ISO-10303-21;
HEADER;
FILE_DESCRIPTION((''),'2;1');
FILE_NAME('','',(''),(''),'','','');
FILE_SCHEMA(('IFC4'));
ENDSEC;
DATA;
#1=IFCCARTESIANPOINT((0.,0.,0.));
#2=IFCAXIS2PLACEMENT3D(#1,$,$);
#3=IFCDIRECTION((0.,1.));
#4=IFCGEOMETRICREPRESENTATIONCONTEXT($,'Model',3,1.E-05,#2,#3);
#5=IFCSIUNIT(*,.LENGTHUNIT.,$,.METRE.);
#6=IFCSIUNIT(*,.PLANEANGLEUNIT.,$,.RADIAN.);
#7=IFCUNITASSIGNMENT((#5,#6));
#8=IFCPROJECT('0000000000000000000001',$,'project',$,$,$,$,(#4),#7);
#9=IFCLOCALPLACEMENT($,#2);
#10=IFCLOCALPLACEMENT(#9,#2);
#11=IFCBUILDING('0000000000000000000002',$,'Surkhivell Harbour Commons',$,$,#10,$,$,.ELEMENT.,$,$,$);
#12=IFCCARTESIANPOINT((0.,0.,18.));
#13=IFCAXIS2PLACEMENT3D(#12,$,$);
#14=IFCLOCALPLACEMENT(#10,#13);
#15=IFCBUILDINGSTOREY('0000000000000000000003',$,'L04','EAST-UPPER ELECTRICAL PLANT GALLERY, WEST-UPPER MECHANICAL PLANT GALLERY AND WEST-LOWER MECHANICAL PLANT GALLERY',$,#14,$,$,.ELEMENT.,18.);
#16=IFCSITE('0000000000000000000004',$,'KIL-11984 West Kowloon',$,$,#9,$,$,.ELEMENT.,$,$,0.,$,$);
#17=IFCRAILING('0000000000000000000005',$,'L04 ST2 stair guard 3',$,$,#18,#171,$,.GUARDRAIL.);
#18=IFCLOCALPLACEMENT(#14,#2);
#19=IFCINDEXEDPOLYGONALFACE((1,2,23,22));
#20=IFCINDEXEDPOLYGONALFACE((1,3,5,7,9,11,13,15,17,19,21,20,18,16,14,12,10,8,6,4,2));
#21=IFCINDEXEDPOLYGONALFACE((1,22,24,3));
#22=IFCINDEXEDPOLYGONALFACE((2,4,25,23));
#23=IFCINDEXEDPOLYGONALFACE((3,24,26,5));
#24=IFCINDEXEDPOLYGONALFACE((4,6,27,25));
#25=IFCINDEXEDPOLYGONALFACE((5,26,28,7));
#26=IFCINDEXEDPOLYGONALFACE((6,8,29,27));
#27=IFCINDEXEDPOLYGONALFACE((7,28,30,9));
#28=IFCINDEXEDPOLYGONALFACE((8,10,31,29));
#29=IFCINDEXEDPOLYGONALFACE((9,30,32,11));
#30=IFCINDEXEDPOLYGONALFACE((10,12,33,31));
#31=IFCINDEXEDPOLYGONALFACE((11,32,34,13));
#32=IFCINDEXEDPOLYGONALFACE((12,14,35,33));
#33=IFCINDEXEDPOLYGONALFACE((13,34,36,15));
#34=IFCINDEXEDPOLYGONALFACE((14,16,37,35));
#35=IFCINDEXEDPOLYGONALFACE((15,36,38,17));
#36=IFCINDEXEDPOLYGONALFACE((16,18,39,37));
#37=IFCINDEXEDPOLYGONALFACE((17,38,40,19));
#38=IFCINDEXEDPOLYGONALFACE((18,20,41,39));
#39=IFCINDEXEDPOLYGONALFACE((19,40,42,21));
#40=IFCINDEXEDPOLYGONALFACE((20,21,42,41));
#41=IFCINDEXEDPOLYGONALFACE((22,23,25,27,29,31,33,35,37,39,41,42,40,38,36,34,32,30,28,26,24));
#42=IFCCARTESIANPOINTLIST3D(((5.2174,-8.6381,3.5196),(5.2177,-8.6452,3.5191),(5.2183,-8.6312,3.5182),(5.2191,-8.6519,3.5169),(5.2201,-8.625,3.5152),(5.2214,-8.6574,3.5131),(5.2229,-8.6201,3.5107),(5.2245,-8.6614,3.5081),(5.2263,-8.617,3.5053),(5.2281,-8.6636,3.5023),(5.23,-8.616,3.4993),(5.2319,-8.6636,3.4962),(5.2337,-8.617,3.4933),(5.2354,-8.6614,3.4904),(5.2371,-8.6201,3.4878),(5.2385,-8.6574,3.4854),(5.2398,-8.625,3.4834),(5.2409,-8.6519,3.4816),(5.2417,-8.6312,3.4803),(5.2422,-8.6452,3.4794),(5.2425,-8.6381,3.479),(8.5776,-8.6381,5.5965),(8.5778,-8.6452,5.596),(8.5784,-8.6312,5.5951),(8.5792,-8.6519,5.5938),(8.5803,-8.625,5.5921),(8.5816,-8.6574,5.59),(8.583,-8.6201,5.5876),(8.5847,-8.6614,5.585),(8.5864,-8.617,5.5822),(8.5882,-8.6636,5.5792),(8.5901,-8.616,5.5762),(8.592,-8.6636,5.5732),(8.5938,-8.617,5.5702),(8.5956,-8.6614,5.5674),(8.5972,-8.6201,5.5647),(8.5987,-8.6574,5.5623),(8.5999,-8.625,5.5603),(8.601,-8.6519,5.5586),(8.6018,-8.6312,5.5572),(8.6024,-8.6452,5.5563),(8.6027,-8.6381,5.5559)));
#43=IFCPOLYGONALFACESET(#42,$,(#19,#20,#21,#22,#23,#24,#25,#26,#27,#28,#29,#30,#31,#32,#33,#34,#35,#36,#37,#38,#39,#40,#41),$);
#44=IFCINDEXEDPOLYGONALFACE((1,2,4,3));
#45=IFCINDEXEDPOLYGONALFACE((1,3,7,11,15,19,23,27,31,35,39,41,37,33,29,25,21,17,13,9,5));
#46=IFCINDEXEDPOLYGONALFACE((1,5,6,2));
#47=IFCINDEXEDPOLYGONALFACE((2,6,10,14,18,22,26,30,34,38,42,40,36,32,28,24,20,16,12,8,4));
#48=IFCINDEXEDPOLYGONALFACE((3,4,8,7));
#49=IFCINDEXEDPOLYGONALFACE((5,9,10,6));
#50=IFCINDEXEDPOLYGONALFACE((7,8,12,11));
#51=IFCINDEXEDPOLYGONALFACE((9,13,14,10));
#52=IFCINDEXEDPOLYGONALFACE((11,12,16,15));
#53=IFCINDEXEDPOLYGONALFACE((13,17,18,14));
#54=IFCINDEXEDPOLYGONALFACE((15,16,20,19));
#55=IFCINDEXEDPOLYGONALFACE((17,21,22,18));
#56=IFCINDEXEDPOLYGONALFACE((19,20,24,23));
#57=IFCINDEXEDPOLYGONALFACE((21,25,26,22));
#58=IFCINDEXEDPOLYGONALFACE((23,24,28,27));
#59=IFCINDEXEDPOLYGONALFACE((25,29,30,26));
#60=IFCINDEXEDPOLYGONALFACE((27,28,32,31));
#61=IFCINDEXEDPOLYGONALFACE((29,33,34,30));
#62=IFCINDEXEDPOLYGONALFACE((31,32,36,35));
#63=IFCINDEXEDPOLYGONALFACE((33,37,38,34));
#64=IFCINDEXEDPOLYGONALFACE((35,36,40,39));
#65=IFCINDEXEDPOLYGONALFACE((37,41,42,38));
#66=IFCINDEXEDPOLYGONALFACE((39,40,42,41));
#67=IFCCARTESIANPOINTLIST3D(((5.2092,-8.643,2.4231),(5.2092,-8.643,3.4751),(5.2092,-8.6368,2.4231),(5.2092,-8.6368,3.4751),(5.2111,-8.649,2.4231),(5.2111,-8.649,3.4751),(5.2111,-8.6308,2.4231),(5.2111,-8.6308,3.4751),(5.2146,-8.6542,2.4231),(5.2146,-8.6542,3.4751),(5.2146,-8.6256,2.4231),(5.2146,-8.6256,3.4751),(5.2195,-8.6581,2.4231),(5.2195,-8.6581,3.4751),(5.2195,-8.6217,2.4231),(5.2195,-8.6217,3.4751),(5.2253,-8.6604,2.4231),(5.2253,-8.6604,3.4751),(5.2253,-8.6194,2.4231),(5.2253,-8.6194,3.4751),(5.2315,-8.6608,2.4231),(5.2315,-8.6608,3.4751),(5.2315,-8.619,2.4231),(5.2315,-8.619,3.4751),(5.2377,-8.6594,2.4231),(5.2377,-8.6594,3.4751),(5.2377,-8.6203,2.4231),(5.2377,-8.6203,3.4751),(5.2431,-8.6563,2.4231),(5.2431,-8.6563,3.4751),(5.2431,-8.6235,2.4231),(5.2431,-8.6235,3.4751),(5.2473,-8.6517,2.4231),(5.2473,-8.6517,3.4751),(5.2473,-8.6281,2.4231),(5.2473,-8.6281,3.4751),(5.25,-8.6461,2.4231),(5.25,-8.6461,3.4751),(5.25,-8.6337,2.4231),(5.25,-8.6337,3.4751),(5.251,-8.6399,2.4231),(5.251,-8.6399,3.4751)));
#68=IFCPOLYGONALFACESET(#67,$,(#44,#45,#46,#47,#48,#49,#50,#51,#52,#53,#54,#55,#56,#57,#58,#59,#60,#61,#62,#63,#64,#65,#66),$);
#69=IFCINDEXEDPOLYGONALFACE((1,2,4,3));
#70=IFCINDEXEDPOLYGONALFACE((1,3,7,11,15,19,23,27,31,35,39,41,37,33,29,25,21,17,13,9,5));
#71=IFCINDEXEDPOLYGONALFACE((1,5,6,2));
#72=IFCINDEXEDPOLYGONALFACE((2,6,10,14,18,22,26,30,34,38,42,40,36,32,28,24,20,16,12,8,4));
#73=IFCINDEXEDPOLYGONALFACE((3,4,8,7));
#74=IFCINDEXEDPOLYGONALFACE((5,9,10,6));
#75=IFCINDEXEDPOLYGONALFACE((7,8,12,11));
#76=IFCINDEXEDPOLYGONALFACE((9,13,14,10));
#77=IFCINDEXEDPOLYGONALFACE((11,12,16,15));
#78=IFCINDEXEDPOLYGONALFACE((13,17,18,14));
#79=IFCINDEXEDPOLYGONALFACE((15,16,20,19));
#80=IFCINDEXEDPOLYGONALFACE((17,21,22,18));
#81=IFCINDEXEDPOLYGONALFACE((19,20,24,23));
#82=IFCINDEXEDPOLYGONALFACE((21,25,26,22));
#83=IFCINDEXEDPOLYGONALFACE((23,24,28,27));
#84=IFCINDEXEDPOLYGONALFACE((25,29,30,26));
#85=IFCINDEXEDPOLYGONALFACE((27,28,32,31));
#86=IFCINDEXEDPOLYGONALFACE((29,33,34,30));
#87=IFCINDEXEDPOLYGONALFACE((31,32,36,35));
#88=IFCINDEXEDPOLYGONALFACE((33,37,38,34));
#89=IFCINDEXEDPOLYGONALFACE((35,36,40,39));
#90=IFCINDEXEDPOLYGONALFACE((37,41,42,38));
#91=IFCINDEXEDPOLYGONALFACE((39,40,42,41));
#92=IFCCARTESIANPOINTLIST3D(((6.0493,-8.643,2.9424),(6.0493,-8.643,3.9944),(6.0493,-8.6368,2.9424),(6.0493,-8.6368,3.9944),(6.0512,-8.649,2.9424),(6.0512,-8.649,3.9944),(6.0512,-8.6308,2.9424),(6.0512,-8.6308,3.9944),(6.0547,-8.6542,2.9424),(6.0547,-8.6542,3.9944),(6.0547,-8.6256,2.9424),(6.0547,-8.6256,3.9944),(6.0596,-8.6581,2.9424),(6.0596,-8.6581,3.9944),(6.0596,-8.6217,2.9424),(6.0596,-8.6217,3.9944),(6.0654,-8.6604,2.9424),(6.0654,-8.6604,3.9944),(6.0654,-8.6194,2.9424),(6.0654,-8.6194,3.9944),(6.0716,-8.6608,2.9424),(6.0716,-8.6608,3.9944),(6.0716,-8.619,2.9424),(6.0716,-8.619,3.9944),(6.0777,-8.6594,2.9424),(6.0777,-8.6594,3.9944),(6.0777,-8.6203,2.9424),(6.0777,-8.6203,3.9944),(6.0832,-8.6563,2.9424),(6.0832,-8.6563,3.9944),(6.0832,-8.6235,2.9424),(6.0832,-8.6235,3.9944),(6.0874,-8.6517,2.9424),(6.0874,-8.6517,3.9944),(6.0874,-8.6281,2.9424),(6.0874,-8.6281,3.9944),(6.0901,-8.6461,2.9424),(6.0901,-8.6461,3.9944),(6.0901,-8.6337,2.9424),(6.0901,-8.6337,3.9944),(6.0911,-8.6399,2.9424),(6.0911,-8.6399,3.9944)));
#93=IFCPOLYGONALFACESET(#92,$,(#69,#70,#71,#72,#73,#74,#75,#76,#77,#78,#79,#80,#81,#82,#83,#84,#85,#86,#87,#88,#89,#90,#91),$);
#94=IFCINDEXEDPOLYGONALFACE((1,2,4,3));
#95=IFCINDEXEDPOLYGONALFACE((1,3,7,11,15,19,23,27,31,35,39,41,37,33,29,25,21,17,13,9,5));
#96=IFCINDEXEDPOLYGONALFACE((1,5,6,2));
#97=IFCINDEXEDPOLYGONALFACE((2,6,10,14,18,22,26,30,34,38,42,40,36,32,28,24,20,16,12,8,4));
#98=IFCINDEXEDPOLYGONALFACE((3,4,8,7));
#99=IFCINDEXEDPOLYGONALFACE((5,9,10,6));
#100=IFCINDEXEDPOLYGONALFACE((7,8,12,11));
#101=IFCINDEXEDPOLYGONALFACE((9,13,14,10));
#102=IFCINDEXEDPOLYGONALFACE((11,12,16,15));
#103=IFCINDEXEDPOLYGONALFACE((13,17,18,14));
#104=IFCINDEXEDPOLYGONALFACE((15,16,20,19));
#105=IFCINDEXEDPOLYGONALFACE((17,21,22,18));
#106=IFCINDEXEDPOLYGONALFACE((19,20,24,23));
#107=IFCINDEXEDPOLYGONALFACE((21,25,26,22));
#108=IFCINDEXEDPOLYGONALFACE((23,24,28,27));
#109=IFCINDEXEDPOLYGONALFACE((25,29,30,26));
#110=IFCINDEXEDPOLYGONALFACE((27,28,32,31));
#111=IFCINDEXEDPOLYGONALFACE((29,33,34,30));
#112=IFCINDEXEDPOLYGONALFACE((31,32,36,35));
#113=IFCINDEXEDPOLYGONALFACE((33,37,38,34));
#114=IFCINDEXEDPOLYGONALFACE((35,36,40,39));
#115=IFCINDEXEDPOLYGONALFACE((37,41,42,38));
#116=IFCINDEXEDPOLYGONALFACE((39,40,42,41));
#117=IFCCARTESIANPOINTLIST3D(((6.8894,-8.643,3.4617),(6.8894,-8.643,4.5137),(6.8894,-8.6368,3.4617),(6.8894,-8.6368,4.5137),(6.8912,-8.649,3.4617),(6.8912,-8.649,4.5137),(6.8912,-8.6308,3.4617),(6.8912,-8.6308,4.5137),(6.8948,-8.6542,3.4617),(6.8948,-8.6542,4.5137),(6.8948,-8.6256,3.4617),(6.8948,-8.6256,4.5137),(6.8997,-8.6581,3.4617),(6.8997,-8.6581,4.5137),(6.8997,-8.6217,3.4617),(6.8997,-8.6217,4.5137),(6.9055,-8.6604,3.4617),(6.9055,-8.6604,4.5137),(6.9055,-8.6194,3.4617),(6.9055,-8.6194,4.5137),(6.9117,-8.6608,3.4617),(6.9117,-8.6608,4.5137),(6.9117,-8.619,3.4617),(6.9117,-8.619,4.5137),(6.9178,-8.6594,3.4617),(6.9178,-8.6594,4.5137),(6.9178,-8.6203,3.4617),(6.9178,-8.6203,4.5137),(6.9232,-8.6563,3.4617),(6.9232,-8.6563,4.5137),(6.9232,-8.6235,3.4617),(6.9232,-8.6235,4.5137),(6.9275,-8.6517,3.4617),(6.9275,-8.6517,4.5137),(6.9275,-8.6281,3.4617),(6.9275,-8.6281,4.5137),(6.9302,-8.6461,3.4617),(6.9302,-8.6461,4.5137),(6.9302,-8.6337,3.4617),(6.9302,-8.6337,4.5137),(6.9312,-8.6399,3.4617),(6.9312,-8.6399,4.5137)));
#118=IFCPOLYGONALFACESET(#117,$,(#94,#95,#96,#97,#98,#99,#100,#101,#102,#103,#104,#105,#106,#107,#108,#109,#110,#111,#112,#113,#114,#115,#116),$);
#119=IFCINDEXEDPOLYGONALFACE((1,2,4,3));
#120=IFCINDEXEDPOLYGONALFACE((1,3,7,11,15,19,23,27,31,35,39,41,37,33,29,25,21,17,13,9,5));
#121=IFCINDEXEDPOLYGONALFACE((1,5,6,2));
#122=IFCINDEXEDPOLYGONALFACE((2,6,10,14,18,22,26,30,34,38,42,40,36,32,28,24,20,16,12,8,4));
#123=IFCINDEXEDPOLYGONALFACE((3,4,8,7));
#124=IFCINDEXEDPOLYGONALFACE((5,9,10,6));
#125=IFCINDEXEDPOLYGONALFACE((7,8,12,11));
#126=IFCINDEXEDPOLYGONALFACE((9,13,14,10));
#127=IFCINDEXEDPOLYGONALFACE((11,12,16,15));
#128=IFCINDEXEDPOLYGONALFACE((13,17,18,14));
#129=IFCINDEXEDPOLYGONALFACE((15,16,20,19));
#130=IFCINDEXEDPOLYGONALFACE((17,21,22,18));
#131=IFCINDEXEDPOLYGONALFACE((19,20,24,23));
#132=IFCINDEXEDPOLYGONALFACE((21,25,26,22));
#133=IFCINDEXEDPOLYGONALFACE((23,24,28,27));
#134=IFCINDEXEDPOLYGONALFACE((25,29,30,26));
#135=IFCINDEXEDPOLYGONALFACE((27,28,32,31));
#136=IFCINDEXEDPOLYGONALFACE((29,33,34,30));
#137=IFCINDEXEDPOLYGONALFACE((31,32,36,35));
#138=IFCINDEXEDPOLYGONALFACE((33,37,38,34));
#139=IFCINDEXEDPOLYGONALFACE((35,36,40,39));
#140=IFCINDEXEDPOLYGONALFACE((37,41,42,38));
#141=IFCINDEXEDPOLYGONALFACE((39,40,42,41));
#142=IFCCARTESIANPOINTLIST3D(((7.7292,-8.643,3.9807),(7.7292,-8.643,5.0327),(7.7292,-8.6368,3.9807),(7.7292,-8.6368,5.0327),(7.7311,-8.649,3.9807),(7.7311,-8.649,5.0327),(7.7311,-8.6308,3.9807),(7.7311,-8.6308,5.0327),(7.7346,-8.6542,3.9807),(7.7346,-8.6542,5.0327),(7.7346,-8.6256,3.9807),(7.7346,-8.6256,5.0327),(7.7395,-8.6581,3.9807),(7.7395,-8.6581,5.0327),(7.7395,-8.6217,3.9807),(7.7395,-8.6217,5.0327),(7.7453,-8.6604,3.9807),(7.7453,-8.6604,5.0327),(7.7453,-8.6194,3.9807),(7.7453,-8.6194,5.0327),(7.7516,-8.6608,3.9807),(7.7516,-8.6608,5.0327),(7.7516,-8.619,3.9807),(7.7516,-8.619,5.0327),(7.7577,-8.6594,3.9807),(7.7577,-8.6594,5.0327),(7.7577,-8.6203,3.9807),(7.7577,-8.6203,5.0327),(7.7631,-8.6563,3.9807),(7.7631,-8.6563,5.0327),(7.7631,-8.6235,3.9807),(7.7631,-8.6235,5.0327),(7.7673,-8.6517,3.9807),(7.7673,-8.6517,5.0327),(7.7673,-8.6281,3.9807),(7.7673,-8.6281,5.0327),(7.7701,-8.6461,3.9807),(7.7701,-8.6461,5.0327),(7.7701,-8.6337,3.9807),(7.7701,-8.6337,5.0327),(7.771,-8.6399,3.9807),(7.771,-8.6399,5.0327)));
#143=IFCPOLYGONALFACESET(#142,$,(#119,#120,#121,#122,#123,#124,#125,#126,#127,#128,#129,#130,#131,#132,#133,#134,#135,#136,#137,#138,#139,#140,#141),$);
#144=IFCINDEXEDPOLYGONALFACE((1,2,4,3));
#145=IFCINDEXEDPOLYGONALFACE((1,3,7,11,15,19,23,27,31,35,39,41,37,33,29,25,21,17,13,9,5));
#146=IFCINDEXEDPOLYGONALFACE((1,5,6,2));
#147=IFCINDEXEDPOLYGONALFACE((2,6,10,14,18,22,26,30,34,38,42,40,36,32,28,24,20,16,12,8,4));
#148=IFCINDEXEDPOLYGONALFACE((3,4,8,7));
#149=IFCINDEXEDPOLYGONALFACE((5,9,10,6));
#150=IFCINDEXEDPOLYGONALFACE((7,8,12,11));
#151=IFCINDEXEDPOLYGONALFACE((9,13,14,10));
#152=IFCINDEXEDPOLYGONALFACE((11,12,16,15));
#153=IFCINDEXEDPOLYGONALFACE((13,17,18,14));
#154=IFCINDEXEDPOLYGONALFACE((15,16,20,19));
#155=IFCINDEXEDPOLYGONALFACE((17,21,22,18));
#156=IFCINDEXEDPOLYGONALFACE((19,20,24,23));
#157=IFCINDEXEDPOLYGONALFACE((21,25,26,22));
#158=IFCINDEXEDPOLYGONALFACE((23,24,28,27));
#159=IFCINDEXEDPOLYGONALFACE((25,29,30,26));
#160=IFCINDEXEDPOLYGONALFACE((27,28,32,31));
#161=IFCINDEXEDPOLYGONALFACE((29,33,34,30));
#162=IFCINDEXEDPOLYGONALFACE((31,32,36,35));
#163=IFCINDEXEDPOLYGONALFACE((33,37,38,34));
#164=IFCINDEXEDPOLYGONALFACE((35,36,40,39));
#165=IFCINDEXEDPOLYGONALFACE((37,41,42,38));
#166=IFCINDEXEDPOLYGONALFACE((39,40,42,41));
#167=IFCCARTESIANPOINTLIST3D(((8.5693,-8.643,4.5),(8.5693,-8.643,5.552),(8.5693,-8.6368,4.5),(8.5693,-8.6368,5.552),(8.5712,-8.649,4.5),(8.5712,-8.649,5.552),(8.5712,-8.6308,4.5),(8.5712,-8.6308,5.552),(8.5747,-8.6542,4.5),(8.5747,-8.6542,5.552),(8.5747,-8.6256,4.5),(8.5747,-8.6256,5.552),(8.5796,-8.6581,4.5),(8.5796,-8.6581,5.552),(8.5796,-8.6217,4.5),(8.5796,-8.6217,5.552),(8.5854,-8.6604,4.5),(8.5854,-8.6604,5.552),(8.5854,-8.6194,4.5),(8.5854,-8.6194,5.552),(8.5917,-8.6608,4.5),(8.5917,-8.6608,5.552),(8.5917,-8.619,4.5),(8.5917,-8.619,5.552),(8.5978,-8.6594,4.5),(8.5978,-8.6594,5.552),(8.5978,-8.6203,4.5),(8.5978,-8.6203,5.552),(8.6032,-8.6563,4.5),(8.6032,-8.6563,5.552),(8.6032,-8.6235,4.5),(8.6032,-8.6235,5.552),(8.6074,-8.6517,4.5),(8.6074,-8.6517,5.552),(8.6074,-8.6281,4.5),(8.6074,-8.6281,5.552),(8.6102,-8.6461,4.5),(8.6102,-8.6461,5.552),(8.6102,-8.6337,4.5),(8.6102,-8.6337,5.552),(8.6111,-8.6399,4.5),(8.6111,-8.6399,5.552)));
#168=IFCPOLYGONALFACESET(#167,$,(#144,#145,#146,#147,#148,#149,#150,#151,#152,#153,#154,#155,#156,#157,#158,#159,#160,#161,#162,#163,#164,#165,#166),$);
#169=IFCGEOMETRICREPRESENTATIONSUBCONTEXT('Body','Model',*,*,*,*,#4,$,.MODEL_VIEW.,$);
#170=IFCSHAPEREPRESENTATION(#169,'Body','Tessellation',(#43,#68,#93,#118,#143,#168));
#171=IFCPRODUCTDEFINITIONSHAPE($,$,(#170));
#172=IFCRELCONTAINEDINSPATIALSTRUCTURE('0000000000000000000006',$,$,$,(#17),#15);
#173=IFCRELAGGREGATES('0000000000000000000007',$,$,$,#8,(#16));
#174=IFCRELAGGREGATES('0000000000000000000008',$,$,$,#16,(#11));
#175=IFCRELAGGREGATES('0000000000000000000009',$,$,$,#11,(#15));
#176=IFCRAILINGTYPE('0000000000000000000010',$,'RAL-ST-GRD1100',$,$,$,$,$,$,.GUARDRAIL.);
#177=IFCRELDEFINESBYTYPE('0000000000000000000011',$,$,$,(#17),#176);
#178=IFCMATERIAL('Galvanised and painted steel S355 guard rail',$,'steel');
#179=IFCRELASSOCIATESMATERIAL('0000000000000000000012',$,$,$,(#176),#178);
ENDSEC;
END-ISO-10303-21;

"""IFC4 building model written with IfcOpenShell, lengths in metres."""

from ifc_helpers import new_model, si_unit, direction, frame, origin, origin_2d, place, context, subcontext, project, spatial, circle, extrude, material, type_object, element, save


model = new_model("IFC4")

# Units and contexts
model_context = context("Model", 3, precision=1e-05, world=origin(), true_north=direction((0.0, 1.0)))
body_context = subcontext(model_context, "Body", "Model", "MODEL_VIEW")
ifc_project = project(units=[si_unit("LENGTHUNIT", "METRE"), si_unit("PLANEANGLEUNIT", "RADIAN")], contexts=[model_context])

# Site, building, storey
site_placement = place(None, origin())
site = spatial("IfcSite", under=ifc_project, at=site_placement, Name="KIL-11984 West Kowloon", CompositionType="ELEMENT", RefElevation=0.0)
building_placement = place(site_placement, origin())
building = spatial("IfcBuilding", under=site, at=building_placement, Name="Surkhivell Harbour Commons", CompositionType="ELEMENT")
storey_placement = place(building_placement, frame((0.0, 0.0, 18.0)))
storey = spatial("IfcBuildingStorey", under=building, at=storey_placement, Name="L04", Description="EAST-UPPER ELECTRICAL PLANT GALLERY, WEST-UPPER MECHANICAL PLANT GALLERY AND WEST-LOWER MECHANICAL PLANT GALLERY", CompositionType="ELEMENT", Elevation=18.0)

# Railing
ifc_material_1 = material(Name="Galvanised and painted steel S355 guard rail", Category="steel")
railing_type_1 = type_object("IfcRailingType", Name="RAL-ST-GRD1100", PredefinedType="GUARDRAIL", material=ifc_material_1)
railing_1_placement = place(storey_placement, frame((5.23, -8.6399, 2.4231)))
element("IfcRailing", 1, at=railing_1_placement, inside=storey, type_object=railing_type_1, Name="L04 ST2 stair guard 3", PredefinedType="GUARDRAIL", context=body_context, shape_type="SweptSolid", body=[
    extrude(circle(Radius=0.0239, at=origin_2d()), frame((0.0, 0.0, 1.0762), z_axis=(0.850623, 0.0, 0.525776), x_axis=(0.0, 1.0, 0.0)), (0.0, 0.0, 1.0), 3.9502),
    extrude(circle(Radius=0.021, at=origin_2d()), origin(), (0.0, 0.0, 1.0), 1.052),
    extrude(circle(Radius=0.021, at=origin_2d()), frame((0.8401, 0.0, 0.5193)), (0.0, 0.0, 1.0), 1.052),
    extrude(circle(Radius=0.021, at=origin_2d()), frame((1.6802, 0.0, 1.0386)), (0.0, 0.0, 1.0), 1.052),
    extrude(circle(Radius=0.021, at=origin_2d()), frame((2.52, 0.0, 1.5576)), (0.0, 0.0, 1.0), 1.052),
    extrude(circle(Radius=0.021, at=origin_2d()), frame((3.3601, 0.0, 2.0769)), (0.0, 0.0, 1.0), 1.052),
])

save(model, "model.ifc")
